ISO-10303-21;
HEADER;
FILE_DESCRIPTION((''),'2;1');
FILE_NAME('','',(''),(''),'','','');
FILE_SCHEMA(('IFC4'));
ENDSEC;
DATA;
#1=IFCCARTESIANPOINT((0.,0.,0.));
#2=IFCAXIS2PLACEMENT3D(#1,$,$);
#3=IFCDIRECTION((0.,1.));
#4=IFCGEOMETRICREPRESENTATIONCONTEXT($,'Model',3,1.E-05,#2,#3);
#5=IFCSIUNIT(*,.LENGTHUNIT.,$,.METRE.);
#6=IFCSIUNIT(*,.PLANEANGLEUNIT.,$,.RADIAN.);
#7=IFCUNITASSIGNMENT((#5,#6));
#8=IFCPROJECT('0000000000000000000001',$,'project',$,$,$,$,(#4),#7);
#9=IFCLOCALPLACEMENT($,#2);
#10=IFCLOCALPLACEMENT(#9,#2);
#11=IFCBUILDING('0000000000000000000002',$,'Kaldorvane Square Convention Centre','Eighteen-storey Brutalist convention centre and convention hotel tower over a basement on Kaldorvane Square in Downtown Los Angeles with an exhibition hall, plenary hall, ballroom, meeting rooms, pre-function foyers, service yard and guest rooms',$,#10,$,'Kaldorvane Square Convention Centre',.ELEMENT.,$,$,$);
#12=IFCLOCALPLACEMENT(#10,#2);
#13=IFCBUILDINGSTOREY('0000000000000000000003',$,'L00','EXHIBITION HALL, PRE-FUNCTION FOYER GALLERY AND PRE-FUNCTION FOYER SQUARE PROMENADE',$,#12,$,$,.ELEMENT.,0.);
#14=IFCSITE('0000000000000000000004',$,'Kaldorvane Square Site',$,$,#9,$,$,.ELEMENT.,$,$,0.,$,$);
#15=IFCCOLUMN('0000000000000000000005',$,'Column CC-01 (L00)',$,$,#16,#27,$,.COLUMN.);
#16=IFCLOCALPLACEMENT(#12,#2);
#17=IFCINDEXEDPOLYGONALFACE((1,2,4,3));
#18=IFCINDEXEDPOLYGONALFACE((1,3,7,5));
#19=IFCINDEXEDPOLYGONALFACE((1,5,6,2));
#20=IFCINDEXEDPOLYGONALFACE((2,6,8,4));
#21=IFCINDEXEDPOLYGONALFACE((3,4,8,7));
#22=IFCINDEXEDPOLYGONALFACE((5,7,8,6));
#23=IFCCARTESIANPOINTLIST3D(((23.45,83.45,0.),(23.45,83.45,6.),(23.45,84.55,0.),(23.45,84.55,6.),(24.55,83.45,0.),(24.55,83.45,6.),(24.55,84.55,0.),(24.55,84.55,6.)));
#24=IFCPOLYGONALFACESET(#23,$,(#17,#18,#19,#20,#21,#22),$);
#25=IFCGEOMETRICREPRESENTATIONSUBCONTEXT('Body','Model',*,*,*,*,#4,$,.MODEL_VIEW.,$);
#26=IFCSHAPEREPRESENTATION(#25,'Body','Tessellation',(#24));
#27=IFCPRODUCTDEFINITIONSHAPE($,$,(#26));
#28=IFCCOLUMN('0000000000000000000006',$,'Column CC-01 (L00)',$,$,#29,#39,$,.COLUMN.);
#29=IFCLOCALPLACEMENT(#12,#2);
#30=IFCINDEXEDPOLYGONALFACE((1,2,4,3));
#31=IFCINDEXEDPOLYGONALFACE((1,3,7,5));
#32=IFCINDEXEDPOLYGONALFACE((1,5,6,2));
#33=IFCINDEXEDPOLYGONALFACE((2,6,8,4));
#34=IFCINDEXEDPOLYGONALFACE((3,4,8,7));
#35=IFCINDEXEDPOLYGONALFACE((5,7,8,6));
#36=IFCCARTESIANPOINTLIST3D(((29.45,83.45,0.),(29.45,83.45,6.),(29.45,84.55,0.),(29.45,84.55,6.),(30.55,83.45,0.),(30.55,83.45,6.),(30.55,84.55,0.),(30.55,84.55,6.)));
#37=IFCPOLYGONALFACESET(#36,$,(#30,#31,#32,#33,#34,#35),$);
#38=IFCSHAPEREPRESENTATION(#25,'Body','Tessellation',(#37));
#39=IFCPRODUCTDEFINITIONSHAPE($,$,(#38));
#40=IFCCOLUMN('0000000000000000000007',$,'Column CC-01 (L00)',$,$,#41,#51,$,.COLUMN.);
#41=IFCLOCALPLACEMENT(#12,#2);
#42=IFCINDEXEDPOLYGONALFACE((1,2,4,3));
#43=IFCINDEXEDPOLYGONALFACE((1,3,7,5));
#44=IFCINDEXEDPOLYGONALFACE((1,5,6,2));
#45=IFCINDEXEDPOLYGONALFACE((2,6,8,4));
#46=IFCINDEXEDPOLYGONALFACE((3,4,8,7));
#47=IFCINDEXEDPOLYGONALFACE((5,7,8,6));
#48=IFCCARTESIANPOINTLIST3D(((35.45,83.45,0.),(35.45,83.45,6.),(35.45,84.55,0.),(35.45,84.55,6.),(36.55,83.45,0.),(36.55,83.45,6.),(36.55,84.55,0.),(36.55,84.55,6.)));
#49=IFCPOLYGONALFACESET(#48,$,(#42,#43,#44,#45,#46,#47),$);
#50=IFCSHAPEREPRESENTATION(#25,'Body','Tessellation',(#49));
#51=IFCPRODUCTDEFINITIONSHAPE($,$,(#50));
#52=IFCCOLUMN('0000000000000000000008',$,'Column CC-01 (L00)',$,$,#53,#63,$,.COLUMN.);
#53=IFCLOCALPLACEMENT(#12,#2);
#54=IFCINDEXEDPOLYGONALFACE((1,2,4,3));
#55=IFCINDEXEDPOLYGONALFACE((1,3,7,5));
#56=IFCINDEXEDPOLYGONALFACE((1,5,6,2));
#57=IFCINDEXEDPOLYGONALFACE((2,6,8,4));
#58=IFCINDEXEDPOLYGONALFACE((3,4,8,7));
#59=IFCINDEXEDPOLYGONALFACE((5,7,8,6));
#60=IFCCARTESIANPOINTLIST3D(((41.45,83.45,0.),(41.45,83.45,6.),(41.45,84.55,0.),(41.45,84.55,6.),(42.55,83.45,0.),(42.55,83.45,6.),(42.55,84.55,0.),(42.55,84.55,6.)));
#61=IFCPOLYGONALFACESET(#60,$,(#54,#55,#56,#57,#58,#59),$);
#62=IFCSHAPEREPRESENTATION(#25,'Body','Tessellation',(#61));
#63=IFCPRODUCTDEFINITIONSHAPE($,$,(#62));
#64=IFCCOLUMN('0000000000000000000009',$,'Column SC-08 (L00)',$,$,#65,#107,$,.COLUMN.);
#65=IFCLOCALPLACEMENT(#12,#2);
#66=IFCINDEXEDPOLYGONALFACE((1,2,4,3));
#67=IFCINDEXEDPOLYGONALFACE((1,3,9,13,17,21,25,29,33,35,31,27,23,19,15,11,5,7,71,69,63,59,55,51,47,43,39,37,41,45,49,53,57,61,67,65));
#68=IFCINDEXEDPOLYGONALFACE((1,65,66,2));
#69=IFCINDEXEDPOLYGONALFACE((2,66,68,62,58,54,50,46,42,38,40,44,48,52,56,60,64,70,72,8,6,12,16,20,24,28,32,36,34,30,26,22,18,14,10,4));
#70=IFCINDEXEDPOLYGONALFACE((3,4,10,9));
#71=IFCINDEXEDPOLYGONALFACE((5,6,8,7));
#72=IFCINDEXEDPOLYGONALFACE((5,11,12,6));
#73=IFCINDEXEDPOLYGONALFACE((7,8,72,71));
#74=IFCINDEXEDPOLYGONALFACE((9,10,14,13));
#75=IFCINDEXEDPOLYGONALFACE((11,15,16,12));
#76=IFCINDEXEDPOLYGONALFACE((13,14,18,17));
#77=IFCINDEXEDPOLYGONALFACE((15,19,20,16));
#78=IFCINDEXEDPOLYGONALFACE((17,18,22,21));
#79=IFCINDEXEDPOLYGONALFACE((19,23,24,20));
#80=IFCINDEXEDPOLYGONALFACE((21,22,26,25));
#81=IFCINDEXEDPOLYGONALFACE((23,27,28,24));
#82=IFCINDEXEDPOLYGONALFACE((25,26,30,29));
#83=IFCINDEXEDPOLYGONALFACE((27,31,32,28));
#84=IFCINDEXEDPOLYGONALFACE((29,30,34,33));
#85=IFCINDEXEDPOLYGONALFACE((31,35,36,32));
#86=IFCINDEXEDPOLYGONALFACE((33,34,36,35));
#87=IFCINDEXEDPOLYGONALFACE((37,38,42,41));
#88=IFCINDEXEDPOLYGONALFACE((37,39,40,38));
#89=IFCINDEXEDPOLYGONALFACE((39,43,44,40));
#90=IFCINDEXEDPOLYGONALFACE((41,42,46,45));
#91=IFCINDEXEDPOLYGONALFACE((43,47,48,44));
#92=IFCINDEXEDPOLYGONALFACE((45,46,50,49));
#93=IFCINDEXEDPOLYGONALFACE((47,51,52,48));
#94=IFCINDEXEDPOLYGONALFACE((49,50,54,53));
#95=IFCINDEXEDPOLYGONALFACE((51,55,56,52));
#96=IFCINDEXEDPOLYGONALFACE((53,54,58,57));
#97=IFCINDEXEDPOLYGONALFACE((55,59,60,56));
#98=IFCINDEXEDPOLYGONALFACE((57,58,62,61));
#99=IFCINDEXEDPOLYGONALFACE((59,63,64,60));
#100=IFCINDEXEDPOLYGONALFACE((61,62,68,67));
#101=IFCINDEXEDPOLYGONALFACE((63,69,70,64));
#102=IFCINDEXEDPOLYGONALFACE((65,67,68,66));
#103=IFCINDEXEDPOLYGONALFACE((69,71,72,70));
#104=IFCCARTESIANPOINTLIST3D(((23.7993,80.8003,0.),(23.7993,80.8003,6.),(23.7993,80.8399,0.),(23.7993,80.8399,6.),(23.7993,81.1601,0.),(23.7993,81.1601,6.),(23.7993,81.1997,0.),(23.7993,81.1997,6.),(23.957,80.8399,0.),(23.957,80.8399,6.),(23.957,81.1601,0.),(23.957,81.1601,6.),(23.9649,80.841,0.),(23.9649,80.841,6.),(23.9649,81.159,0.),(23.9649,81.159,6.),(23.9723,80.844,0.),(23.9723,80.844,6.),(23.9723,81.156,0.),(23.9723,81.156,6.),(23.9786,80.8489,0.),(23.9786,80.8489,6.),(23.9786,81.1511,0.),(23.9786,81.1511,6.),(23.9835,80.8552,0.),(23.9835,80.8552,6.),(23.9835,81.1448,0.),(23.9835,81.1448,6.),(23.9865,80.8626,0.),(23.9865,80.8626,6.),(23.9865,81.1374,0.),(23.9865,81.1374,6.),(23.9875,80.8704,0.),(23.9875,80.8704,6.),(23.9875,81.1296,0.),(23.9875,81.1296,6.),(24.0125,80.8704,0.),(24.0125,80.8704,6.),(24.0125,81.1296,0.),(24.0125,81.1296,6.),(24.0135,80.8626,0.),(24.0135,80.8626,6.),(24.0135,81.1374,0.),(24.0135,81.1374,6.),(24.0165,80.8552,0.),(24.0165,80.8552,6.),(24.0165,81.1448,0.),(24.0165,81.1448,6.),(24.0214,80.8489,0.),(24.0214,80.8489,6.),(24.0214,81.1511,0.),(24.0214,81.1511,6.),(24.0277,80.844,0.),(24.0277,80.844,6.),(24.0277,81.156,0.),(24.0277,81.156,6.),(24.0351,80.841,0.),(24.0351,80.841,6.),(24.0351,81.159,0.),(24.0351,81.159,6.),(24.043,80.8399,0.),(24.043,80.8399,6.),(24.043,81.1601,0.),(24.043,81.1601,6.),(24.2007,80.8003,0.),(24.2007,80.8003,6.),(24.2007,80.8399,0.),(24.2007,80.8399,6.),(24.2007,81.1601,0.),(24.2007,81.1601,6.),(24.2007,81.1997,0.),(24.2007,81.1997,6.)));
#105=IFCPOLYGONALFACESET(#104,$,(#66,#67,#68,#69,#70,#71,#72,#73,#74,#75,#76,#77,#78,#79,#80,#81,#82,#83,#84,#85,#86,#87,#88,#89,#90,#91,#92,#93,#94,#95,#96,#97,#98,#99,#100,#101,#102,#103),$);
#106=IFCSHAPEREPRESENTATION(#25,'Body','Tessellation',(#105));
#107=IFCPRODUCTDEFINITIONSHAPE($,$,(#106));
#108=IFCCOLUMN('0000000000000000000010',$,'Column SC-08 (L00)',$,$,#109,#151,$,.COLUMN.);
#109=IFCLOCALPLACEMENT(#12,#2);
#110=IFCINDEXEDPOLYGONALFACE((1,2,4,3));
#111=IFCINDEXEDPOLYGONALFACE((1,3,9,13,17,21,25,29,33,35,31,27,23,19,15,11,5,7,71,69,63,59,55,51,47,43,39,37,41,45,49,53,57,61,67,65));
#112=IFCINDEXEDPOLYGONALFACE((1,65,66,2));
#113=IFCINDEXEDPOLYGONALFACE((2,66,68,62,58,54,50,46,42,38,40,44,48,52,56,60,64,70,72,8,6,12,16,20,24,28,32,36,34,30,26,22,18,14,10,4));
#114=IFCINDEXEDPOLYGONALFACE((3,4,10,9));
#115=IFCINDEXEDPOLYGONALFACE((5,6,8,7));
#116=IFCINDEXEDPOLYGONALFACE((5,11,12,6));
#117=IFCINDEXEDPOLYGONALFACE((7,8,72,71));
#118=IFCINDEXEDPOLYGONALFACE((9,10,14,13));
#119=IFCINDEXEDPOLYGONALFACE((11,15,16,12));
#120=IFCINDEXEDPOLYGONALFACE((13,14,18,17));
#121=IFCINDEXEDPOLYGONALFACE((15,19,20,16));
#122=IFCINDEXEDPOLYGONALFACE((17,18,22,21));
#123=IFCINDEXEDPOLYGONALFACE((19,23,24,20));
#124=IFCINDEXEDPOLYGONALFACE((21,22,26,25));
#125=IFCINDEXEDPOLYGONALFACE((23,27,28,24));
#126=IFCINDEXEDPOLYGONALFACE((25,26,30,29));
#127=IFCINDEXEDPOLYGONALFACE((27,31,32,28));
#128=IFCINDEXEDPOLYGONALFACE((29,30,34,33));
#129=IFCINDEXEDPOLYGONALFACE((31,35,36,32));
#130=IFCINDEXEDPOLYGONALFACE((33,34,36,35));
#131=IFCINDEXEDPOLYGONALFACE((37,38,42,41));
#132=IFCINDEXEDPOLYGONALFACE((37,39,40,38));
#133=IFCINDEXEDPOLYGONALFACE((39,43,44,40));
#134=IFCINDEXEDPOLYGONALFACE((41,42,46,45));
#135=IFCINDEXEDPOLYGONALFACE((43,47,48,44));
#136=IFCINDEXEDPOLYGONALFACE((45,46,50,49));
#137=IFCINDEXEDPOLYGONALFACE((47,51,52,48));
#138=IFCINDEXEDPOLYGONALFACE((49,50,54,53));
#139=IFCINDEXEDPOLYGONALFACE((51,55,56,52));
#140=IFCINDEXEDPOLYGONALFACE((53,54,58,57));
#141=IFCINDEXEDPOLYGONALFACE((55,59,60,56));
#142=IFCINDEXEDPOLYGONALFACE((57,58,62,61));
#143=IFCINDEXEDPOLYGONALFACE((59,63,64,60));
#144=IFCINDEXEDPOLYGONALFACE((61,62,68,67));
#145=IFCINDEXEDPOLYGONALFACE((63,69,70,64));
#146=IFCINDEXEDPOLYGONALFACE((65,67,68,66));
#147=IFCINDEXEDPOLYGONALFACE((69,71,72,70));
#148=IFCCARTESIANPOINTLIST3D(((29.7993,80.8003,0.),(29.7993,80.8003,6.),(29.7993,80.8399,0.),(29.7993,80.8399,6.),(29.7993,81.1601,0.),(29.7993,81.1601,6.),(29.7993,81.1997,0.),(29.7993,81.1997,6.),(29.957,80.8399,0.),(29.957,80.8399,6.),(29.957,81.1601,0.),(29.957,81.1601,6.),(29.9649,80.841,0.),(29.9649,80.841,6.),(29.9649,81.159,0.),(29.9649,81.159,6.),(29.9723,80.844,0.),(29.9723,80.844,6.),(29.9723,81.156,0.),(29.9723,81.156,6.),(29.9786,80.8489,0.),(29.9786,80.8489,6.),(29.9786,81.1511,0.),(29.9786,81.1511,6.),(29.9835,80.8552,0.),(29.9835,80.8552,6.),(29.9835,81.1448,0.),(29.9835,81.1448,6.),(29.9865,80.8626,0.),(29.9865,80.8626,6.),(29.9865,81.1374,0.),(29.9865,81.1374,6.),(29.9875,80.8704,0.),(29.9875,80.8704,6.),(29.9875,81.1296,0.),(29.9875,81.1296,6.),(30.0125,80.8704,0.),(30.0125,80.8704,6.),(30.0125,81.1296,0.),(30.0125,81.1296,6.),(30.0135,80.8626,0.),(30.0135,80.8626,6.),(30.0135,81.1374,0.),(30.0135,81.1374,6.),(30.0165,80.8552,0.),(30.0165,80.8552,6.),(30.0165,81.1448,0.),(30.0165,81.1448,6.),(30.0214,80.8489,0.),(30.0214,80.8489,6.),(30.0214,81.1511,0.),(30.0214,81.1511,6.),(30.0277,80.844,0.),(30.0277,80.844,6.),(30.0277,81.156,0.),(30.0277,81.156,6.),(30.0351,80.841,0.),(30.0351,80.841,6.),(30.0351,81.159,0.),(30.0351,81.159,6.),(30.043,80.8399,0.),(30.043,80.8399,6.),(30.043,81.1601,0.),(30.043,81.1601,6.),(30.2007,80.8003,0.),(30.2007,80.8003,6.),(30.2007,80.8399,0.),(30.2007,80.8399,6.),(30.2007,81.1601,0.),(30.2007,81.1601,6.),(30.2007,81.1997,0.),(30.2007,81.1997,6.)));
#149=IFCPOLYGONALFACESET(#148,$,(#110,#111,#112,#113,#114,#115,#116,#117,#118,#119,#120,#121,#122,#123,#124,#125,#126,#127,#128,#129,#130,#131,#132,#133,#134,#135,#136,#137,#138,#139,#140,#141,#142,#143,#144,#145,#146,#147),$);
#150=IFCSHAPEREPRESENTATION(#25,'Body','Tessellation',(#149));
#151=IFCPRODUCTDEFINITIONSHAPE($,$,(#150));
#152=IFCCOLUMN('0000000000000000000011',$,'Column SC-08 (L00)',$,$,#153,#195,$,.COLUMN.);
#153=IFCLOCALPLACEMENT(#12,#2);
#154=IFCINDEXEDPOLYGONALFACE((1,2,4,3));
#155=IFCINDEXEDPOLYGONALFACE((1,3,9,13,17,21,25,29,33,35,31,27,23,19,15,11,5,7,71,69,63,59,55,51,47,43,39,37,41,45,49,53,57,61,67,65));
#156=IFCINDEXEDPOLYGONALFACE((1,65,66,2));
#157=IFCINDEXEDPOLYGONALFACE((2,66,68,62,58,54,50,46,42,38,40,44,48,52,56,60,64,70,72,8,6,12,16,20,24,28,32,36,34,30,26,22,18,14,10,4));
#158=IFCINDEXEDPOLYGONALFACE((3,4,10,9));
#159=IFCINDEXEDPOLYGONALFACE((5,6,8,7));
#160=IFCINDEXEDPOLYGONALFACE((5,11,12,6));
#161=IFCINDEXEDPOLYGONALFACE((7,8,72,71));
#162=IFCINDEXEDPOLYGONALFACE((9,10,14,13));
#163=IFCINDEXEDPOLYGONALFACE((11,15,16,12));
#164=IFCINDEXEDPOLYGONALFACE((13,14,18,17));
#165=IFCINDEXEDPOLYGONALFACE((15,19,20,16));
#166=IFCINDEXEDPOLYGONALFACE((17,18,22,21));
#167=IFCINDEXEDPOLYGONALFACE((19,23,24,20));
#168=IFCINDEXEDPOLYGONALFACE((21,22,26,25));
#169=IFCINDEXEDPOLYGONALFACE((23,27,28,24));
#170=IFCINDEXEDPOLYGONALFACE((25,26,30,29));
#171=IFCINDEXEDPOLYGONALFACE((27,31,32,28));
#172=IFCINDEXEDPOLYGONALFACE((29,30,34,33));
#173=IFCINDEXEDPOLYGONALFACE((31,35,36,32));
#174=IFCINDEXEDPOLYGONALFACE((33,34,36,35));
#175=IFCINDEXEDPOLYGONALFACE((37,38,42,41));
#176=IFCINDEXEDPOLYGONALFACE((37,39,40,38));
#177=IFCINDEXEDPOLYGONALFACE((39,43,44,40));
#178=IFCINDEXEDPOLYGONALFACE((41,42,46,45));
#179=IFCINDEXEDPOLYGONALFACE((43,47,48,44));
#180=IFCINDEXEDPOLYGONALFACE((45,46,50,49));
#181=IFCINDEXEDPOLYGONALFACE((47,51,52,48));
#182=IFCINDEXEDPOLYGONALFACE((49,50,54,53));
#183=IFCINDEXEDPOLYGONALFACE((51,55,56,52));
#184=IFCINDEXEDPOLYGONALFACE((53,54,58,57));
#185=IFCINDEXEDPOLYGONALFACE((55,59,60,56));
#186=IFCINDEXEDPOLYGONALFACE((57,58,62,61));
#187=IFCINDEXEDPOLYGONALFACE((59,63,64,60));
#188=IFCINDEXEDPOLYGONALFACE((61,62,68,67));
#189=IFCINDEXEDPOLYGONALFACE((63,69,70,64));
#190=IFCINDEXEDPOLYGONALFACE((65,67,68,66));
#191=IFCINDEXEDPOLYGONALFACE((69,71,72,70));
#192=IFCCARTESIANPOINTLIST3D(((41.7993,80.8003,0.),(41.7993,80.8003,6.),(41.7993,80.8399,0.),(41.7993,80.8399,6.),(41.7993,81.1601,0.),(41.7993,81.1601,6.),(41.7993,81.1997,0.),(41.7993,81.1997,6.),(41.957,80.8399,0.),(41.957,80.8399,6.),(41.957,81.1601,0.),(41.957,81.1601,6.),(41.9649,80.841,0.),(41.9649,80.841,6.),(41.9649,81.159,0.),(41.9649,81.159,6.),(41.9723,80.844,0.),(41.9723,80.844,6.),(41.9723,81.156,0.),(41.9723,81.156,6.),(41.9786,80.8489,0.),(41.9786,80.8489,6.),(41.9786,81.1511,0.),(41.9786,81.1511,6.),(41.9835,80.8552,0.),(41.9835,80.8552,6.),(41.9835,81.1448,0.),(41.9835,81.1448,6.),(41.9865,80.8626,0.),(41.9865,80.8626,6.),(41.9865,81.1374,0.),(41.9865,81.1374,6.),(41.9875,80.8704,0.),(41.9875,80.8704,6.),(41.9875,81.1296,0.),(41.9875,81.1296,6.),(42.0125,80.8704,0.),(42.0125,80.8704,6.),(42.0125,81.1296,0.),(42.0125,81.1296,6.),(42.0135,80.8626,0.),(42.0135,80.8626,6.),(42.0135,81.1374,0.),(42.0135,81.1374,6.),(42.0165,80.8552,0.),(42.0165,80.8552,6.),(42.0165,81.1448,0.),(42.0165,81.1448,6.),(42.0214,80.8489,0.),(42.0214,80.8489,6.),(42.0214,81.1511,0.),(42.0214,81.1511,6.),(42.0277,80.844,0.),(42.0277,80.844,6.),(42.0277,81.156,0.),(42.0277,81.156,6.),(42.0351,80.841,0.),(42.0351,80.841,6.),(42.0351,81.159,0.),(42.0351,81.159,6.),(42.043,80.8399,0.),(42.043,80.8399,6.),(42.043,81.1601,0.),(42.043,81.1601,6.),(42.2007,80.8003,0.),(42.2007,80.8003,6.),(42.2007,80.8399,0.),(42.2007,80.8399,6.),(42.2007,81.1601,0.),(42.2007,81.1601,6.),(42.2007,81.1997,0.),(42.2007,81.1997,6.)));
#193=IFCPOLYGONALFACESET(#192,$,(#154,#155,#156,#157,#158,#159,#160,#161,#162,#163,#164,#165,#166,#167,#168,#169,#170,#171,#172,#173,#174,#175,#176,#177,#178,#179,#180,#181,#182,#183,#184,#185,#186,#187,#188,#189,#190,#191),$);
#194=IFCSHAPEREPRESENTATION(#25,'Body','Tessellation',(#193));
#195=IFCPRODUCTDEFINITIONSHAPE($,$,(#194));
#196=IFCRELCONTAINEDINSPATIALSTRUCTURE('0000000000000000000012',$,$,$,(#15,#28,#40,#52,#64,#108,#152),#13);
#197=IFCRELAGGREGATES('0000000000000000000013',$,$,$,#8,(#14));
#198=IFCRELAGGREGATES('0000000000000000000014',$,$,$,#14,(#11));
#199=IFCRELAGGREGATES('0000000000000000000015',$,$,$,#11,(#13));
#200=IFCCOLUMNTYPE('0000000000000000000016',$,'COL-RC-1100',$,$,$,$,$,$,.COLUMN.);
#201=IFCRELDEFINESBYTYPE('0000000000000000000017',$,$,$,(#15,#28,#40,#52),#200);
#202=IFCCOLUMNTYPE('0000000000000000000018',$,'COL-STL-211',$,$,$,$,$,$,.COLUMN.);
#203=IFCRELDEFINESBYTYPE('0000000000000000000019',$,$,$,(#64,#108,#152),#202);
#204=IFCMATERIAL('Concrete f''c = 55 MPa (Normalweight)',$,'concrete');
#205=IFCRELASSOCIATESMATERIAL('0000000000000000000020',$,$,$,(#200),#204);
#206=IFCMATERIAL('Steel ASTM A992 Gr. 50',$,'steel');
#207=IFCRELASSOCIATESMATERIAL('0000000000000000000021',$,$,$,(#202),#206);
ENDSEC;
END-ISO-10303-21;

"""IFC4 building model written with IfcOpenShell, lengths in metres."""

from ifc_helpers import new_model, si_unit, direction, frame, origin, origin_2d, place, context, subcontext, project, spatial, rectangle, i_section, extrude, material, material_profile, profile_set, type_object, element, save


model = new_model("IFC4")

# Units and contexts
model_context = context("Model", 3, precision=1e-05, world=origin(), true_north=direction((0.0, 1.0)))
body_context = subcontext(model_context, "Body", "Model", "MODEL_VIEW")
ifc_project = project(units=[si_unit("LENGTHUNIT", "METRE"), si_unit("PLANEANGLEUNIT", "RADIAN")], contexts=[model_context])

# Site, building, storey
site_placement = place(None, origin())
site = spatial("IfcSite", under=ifc_project, at=site_placement, Name="Kaldorvane Square Site", CompositionType="ELEMENT", RefElevation=0.0)
building_placement = place(site_placement, origin())
building = spatial("IfcBuilding", under=site, at=building_placement, Name="Kaldorvane Square Convention Centre", Description="Eighteen-storey Brutalist convention centre and convention hotel tower over a basement on Kaldorvane Square in Downtown Los Angeles with an exhibition hall, plenary hall, ballroom, meeting rooms, pre-function foyers, service yard and guest rooms", LongName="Kaldorvane Square Convention Centre", CompositionType="ELEMENT")
storey_placement = place(building_placement, origin())
storey = spatial("IfcBuildingStorey", under=building, at=storey_placement, Name="L00", Description="EXHIBITION HALL, PRE-FUNCTION FOYER GALLERY AND PRE-FUNCTION FOYER SQUARE PROMENADE", CompositionType="ELEMENT", Elevation=0.0)

# Columns
ifc_material_1 = material(Name="Concrete f'c = 55 MPa (Normalweight)", Category="concrete")
ifc_material_profile_1 = material_profile(ifc_material_1, rectangle(XDim=1.1, YDim=1.1, at=origin_2d()), Name="RC1100X1100")
ifc_profile_set_1 = profile_set([ifc_material_profile_1], Name="Concrete f'c = 55 MPa (Normalweight)")
column_type_1 = type_object("IfcColumnType", Name="COL-RC-1100", PredefinedType="COLUMN", material=ifc_profile_set_1)
for number, where, z_axis, x_axis, name in (
    (1, (24.0, 84.0, 0.0), (0.0, 0.0, 1.0), (1.0, 0.0, 0.0), "Column CC-01 (L00)"),
    (2, (30.0, 84.0, 0.0), (0.0, 0.0, 1.0), (1.0, 0.0, 0.0), "Column CC-01 (L00)"),
    (3, (36.0, 84.0, 0.0), (0.0, 0.0, 1.0), (1.0, 0.0, 0.0), "Column CC-01 (L00)"),
    (4, (42.0, 84.0, 0.0), (0.0, 0.0, 1.0), (1.0, 0.0, 0.0), "Column CC-01 (L00)"),
):
    element("IfcColumn", number, at=place(storey_placement, frame(where, z_axis=z_axis, x_axis=x_axis)), inside=storey, type_object=column_type_1, Name=name, PredefinedType="COLUMN", context=body_context, shape_type="SweptSolid", body=[
        extrude(rectangle(XDim=1.1, YDim=1.1, at=origin_2d()), origin(), (0.0, 0.0, 1.0), 6.0),
    ])
ifc_material_2 = material(Name="Steel ASTM A992 Gr. 50", Category="steel")
ifc_material_profile_2 = material_profile(ifc_material_2, i_section(OverallWidth=0.4013, OverallDepth=0.3993, WebThickness=0.0249, FlangeThickness=0.0396, FilletRadius=0.0305, at=origin_2d()), Name="W14X211")
ifc_profile_set_2 = profile_set([ifc_material_profile_2], Name="Steel ASTM A992 Gr. 50")
column_type_2 = type_object("IfcColumnType", Name="COL-STL-211", PredefinedType="COLUMN", material=ifc_profile_set_2)
for number, where, z_axis, x_axis, name in (
    (5, (24.0, 81.0, 0.0), (0.0, 0.0, 1.0), (1.0, 0.0, 0.0), "Column SC-08 (L00)"),
    (6, (30.0, 81.0, 0.0), (0.0, 0.0, 1.0), (1.0, 0.0, 0.0), "Column SC-08 (L00)"),
    (7, (42.0, 81.0, 0.0), (0.0, 0.0, 1.0), (1.0, 0.0, 0.0), "Column SC-08 (L00)"),
):
    element("IfcColumn", number, at=place(storey_placement, frame(where, z_axis=z_axis, x_axis=x_axis)), inside=storey, type_object=column_type_2, Name=name, PredefinedType="COLUMN", context=body_context, shape_type="SweptSolid", body=[
        extrude(i_section(OverallWidth=0.4013, OverallDepth=0.3993, WebThickness=0.0249, FlangeThickness=0.0396, FilletRadius=0.0305, at=origin_2d()), origin(), (0.0, 0.0, 1.0), 6.0),
    ])

save(model, "model.ifc")
